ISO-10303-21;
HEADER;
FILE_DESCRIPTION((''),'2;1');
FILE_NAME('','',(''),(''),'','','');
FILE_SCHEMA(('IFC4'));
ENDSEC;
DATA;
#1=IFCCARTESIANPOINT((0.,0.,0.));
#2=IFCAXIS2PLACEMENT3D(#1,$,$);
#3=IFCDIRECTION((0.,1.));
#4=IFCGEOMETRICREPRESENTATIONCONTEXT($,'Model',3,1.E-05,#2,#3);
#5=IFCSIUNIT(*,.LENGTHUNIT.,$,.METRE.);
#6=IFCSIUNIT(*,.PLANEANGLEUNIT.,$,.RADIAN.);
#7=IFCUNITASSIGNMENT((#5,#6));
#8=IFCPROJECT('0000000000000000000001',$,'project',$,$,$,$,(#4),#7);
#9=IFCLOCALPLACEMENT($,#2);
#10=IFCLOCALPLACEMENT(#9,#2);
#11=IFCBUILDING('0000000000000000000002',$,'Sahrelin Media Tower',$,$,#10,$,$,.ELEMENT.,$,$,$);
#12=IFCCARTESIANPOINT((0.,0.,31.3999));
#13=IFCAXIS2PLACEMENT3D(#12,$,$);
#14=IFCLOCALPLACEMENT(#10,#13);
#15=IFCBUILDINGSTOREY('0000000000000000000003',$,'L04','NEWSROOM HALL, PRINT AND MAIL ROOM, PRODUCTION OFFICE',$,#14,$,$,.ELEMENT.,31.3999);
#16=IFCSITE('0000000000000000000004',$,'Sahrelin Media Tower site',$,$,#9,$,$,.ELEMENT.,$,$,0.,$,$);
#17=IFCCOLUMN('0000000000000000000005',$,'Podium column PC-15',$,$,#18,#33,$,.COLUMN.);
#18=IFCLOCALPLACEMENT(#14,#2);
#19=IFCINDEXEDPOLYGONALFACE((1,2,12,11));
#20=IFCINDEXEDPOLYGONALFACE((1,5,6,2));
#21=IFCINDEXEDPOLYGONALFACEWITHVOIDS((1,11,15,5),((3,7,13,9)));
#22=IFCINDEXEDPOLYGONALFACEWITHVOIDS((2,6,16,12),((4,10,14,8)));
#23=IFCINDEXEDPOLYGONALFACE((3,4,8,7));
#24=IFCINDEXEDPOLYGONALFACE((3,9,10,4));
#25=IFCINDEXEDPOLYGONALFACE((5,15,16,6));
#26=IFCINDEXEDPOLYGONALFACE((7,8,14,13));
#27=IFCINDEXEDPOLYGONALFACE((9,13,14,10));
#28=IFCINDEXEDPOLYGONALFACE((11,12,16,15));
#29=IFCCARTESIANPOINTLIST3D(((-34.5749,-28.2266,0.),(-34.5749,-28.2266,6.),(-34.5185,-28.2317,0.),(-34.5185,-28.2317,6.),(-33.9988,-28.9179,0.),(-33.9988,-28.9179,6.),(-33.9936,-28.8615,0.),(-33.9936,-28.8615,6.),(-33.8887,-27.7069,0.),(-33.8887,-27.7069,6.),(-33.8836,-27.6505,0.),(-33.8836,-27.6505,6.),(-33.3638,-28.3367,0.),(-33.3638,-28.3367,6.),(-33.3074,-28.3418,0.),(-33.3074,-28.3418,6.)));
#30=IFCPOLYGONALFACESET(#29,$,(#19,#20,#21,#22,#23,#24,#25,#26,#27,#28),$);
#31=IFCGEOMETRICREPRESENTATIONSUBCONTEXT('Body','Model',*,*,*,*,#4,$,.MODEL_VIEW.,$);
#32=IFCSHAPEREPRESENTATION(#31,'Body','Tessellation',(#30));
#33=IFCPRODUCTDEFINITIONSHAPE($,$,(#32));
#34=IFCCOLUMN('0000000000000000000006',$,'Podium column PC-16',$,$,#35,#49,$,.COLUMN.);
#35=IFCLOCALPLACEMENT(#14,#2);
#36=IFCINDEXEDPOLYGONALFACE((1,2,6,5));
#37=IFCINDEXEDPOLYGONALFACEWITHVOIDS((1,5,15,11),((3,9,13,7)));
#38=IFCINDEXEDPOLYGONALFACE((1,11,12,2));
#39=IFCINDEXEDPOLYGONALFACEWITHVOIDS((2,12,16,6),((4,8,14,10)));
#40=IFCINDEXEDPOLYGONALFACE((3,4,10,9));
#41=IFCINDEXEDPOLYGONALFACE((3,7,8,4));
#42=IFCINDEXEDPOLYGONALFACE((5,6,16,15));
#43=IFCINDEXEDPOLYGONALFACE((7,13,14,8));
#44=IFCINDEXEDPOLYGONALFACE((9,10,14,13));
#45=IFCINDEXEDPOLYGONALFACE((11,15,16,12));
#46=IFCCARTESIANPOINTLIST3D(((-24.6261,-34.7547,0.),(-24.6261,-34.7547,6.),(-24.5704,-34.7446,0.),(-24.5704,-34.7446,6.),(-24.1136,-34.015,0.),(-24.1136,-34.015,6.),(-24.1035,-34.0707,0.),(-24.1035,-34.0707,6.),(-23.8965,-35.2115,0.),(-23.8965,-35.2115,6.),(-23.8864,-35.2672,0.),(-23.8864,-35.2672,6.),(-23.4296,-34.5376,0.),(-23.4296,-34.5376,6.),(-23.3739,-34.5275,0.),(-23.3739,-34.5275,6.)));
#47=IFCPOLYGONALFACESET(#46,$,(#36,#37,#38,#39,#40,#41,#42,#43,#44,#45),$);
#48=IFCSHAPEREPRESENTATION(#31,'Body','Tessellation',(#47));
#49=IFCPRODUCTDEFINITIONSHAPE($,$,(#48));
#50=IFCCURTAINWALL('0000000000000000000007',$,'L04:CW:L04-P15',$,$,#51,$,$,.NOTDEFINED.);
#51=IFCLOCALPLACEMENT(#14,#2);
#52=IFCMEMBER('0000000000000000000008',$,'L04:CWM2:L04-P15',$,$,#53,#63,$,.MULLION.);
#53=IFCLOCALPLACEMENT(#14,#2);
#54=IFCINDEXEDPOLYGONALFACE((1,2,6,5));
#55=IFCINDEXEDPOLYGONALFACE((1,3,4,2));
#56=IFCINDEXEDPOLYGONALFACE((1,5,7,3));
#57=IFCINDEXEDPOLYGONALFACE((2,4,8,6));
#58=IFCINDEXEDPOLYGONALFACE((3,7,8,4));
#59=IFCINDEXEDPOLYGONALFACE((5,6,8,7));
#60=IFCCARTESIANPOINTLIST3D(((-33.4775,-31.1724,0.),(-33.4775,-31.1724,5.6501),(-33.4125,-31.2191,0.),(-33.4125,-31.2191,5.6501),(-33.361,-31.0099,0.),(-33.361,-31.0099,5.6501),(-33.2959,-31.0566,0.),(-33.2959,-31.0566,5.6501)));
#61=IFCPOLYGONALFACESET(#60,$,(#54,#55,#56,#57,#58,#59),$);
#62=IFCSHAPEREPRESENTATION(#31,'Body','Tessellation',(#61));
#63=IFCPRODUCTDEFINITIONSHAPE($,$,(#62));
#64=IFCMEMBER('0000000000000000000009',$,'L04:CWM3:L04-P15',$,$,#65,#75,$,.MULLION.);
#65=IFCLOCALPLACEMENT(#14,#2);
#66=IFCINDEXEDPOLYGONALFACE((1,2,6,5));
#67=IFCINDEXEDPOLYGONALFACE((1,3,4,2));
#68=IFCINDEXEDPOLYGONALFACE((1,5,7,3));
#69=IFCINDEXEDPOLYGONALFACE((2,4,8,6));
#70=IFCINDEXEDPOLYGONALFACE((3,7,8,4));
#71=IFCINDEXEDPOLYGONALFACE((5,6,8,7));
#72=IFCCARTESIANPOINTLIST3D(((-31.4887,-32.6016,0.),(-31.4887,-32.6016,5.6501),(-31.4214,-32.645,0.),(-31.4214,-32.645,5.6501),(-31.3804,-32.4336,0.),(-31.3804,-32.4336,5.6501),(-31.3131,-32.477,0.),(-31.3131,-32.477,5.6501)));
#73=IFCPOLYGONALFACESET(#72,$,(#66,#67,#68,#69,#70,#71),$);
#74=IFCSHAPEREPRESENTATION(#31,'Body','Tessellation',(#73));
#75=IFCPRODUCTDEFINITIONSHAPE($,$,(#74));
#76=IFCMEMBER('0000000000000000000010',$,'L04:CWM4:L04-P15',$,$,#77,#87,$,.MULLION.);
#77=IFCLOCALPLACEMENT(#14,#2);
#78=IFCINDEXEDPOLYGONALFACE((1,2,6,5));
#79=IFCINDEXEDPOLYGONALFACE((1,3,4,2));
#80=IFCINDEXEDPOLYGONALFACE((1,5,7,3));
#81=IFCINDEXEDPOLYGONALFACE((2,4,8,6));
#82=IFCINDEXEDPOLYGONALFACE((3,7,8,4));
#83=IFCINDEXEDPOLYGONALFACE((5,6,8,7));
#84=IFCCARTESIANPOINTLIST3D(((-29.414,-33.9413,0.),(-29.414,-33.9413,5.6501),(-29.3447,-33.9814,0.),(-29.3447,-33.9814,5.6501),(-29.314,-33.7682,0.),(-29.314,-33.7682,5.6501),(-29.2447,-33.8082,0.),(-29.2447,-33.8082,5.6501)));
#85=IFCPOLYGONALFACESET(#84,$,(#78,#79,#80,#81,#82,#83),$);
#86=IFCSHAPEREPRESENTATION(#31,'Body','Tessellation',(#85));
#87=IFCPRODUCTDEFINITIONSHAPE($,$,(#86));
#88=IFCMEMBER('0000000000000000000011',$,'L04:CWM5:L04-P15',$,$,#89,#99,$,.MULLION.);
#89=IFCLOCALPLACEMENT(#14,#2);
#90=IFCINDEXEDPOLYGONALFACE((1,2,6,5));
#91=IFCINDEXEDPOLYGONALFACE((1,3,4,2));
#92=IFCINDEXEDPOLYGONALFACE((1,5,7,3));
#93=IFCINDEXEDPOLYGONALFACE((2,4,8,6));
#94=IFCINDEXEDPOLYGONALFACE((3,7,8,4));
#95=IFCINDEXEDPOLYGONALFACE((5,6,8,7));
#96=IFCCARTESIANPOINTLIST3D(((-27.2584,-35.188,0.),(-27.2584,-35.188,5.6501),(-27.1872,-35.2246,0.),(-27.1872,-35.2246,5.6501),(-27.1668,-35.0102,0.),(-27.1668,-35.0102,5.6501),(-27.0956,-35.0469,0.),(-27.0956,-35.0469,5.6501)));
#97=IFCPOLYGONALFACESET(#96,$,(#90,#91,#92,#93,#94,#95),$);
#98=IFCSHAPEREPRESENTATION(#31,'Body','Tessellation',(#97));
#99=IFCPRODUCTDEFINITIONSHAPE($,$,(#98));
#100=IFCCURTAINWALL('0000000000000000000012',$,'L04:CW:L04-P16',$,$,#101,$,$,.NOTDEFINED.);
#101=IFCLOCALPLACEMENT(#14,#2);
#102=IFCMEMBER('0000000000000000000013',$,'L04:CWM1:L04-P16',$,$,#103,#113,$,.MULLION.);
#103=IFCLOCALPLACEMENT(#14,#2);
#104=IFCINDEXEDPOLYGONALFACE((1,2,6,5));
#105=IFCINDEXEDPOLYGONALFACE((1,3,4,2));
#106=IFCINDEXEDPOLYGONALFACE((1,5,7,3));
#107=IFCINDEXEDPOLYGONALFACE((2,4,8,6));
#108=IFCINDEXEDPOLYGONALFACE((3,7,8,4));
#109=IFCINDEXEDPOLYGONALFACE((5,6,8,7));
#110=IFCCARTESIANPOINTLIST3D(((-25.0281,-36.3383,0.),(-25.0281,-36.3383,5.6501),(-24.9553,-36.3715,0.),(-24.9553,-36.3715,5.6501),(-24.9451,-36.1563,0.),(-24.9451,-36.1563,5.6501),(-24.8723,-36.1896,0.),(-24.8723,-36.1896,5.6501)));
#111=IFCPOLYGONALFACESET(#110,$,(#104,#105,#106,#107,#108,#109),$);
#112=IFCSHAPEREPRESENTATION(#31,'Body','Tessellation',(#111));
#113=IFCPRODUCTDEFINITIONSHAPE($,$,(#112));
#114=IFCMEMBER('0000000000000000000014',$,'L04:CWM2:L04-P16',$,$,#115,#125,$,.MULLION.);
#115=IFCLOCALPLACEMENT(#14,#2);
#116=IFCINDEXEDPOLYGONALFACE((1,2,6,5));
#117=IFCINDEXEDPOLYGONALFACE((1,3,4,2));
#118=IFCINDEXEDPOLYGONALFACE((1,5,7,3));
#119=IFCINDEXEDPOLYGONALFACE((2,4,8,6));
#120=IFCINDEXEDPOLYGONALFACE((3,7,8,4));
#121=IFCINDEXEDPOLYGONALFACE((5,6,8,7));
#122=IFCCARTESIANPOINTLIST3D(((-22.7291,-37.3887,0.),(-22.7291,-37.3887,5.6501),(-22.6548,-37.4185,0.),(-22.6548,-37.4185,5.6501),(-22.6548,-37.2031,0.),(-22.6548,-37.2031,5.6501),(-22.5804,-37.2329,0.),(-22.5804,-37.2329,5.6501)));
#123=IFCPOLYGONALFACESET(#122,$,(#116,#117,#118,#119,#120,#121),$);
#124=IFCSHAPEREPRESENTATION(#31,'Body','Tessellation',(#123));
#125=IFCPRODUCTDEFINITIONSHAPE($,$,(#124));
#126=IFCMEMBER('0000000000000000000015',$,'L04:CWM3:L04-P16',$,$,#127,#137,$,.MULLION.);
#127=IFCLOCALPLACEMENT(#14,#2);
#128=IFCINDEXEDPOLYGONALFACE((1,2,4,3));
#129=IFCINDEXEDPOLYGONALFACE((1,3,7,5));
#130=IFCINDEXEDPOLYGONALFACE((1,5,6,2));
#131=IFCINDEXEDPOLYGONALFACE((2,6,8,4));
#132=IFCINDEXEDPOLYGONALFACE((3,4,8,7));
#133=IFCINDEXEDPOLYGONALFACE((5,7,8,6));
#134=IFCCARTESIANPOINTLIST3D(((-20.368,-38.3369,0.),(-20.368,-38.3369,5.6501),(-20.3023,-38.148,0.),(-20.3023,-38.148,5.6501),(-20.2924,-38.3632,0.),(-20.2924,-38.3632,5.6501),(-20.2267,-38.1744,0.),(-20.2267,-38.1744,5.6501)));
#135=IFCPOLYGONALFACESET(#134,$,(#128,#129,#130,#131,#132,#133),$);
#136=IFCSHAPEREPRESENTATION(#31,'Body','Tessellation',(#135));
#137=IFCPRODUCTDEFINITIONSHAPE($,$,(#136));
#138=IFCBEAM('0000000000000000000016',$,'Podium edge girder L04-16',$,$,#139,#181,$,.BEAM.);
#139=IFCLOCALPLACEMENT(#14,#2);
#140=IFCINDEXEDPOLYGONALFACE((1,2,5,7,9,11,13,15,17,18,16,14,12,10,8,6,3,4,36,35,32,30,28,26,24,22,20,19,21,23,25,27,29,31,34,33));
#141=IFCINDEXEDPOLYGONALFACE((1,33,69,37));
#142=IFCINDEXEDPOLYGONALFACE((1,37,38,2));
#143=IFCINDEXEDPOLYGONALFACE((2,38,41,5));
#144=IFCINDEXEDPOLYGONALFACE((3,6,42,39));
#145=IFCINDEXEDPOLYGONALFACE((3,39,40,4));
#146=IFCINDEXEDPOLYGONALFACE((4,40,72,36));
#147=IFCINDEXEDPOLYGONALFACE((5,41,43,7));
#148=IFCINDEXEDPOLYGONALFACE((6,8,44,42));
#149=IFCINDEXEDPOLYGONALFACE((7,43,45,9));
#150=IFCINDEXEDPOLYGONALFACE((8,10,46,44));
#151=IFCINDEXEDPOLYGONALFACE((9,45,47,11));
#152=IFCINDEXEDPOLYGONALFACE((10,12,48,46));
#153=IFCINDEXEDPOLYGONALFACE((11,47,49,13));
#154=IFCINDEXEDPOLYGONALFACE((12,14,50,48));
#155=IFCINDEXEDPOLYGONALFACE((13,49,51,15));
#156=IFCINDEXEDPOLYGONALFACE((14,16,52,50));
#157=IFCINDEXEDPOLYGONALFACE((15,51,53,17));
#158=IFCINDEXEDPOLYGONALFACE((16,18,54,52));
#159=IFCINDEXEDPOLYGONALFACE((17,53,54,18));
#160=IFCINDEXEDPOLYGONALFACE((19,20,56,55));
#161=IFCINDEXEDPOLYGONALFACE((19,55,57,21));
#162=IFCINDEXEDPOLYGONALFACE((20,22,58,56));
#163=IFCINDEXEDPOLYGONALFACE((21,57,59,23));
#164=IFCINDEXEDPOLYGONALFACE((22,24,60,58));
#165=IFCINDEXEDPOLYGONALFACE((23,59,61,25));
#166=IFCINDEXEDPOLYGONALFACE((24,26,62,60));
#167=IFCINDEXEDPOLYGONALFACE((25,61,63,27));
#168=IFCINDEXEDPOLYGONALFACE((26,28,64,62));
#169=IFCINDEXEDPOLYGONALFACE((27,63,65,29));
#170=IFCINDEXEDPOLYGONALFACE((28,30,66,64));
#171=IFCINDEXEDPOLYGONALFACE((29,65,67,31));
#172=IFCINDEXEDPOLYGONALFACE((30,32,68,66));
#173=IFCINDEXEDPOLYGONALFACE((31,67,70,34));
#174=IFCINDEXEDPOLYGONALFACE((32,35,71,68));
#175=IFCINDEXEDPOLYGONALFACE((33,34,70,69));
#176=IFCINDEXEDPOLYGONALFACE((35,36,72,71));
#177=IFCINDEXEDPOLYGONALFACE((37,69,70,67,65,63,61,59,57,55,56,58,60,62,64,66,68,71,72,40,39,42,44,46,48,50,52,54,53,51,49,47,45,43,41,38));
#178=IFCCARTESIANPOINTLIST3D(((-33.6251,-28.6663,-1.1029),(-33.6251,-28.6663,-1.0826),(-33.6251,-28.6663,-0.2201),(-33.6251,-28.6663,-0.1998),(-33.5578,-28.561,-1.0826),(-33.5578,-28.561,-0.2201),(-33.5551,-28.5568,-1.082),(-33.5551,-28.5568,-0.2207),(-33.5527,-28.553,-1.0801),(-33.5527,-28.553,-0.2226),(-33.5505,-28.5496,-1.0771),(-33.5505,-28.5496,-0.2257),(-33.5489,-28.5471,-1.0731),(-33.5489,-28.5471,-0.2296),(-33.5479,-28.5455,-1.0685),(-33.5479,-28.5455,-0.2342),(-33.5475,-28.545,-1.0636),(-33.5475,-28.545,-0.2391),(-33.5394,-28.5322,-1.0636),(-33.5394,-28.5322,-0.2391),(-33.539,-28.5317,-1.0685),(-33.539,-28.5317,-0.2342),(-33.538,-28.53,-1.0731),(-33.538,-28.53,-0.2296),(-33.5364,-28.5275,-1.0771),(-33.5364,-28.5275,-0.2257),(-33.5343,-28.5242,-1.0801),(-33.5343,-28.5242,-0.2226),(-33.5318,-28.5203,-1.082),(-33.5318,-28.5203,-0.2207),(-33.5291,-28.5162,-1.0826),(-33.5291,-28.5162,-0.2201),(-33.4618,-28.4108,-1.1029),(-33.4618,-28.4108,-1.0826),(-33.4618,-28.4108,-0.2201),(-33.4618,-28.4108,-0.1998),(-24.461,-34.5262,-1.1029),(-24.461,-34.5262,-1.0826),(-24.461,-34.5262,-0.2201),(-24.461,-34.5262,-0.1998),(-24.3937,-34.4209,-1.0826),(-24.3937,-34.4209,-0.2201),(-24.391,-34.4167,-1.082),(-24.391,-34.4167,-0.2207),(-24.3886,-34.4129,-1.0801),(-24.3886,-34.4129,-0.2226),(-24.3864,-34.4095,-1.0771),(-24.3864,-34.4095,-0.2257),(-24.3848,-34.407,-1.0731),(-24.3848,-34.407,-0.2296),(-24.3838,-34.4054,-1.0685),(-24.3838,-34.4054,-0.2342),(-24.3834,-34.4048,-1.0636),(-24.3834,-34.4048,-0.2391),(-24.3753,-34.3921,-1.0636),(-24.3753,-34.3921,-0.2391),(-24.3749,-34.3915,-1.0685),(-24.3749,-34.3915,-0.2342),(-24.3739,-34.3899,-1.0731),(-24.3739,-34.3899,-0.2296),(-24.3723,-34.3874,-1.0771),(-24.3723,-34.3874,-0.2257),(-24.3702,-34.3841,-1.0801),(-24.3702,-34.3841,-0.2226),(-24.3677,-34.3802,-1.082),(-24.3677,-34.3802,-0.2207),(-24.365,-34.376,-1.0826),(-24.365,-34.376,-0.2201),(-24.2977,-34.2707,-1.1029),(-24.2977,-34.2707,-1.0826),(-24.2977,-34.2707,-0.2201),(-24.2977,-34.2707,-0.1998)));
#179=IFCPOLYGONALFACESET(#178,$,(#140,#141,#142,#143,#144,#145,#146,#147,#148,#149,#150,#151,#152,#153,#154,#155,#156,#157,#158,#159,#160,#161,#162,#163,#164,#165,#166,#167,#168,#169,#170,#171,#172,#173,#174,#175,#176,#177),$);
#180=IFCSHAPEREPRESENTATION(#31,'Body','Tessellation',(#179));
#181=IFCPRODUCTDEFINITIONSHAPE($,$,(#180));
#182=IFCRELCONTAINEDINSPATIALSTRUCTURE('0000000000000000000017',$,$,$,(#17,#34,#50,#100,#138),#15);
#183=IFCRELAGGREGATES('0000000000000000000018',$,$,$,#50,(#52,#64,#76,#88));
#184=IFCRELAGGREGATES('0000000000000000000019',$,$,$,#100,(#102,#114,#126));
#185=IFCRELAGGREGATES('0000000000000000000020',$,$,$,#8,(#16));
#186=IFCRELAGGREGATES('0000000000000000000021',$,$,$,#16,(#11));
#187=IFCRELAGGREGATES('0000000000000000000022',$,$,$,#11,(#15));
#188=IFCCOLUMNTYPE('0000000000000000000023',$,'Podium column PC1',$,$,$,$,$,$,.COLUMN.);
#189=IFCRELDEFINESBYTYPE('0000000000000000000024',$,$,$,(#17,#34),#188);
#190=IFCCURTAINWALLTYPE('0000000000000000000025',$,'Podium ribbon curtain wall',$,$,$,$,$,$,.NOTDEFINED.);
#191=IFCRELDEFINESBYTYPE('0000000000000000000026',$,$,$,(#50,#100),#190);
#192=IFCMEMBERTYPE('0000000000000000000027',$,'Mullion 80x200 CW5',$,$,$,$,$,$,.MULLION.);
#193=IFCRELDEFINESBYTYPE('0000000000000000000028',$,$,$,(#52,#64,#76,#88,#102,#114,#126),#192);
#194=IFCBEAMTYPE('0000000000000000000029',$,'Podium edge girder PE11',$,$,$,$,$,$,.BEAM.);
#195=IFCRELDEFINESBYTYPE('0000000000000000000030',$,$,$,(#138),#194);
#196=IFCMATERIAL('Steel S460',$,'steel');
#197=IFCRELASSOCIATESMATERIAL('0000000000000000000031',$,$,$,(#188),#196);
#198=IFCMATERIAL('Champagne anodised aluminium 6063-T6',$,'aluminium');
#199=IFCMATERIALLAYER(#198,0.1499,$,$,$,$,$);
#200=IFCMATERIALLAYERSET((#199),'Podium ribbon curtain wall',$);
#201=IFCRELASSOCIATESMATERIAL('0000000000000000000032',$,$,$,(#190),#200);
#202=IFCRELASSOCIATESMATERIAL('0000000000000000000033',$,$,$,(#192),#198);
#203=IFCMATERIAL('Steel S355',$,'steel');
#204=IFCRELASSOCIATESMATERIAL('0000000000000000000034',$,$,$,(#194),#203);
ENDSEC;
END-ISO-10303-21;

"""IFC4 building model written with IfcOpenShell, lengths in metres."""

from ifc_helpers import new_model, si_unit, direction, frame, origin, origin_2d, place, context, subcontext, project, spatial, rectangle, hollow_rectangle, i_section, extrude, material, layer, layer_set, material_profile, profile_set, type_object, element, aggregate, save


model = new_model("IFC4")

# Units and contexts
model_context = context("Model", 3, precision=1e-05, world=origin(), true_north=direction((0.0, 1.0)))
body_context = subcontext(model_context, "Body", "Model", "MODEL_VIEW")
ifc_project = project(units=[si_unit("LENGTHUNIT", "METRE"), si_unit("PLANEANGLEUNIT", "RADIAN")], contexts=[model_context])

# Site, building, storey
site_placement = place(None, origin())
site = spatial("IfcSite", under=ifc_project, at=site_placement, Name="Sahrelin Media Tower site", CompositionType="ELEMENT", RefElevation=0.0)
building_placement = place(site_placement, origin())
building = spatial("IfcBuilding", under=site, at=building_placement, Name="Sahrelin Media Tower", CompositionType="ELEMENT")
storey_placement = place(building_placement, frame((0.0, 0.0, 31.3999)))
storey = spatial("IfcBuildingStorey", under=building, at=storey_placement, Name="L04", Description="NEWSROOM HALL, PRINT AND MAIL ROOM, PRODUCTION OFFICE", CompositionType="ELEMENT", Elevation=31.3999)

# Columns
ifc_material_1 = material(Name="Steel S460", Category="steel")
ifc_material_profile_1 = material_profile(ifc_material_1, hollow_rectangle(XDim=0.8999, YDim=0.8999, WallThickness=0.04, at=origin_2d()), Name="Podium column PC1")
ifc_profile_set_1 = profile_set([ifc_material_profile_1], Name="Steel S460")
column_type = type_object("IfcColumnType", Name="Podium column PC1", PredefinedType="COLUMN", material=ifc_profile_set_1)
for number, where, z_axis, x_axis, name in (
    (1, (-33.9412, -28.2842, 0.0), (0.0, 0.0, 1.0), (-0.768221, -0.640185, 0.0), "Podium column PC-15"),
    (2, (-24.0, -34.6411, 0.0), (0.0, 0.0, 1.0), (-0.569495, -0.821995, 0.0), "Podium column PC-16"),
):
    element("IfcColumn", number, at=place(storey_placement, frame(where, z_axis=z_axis, x_axis=x_axis)), inside=storey, type_object=column_type, Name=name, PredefinedType="COLUMN", context=body_context, shape_type="SweptSolid", body=[
        extrude(hollow_rectangle(XDim=0.8999, YDim=0.8999, WallThickness=0.04, at=origin_2d()), origin(), (0.0, 0.0, 1.0), 6.0),
    ])

# Curtain walls, members
ifc_material_2 = material(Name="Champagne anodised aluminium 6063-T6", Category="aluminium")
ifc_layer_1 = layer(ifc_material_2, 0.1499)
ifc_layer_set_1 = layer_set([ifc_layer_1], Name="Podium ribbon curtain wall")
curtain_wall_type = type_object("IfcCurtainWallType", Name="Podium ribbon curtain wall", PredefinedType="NOTDEFINED", material=ifc_layer_set_1)
curtain_wall_1_placement = place(storey_placement, frame((-35.3552, -29.6985, 0.0), z_axis=(0.0, 0.0, 1.0), x_axis=(1.0, 0.0, 0.0)))
curtain_wall_1 = element("IfcCurtainWall", 3, at=curtain_wall_1_placement, inside=storey, type_object=curtain_wall_type, Name="L04:CW:L04-P15", PredefinedType="NOTDEFINED")
ifc_material_profile_2 = material_profile(ifc_material_2, rectangle(XDim=0.0801, YDim=0.2, at=origin_2d()), Name="Mullion 80x200")
ifc_profile_set_2 = profile_set([ifc_material_profile_2], Name="Champagne anodised aluminium 6063-T6")
member_type_1 = type_object("IfcMemberType", Name="Mullion 80x200 CW5", PredefinedType="MULLION", material=ifc_profile_set_2)
member_1_placement = place(storey_placement, frame((-33.3867, -31.1145, 0.0), z_axis=(0.0, 0.0, 1.0), x_axis=(0.812532, -0.582916, 0.0)))
member_1 = element("IfcMember", 4, at=member_1_placement, type_object=member_type_1, Name="L04:CWM2:L04-P15", PredefinedType="MULLION", context=body_context, shape_type="SweptSolid", body=[
    extrude(rectangle(XDim=0.0801, YDim=0.2, at=origin_2d()), origin(), (0.0, 0.0, 1.0), 5.6501),
])
member_2_placement = place(storey_placement, frame((-31.4009, -32.5393, 0.0), z_axis=(0.0, 0.0, 1.0), x_axis=(0.840519, -0.541782, 0.0)))
member_2 = element("IfcMember", 5, at=member_2_placement, type_object=member_type_1, Name="L04:CWM3:L04-P15", PredefinedType="MULLION", context=body_context, shape_type="SweptSolid", body=[
    extrude(rectangle(XDim=0.0801, YDim=0.2, at=origin_2d()), origin(), (0.0, 0.0, 1.0), 5.6501),
])
member_3_placement = place(storey_placement, frame((-29.3293, -33.8748, 0.0), z_axis=(0.0, 0.0, 1.0), x_axis=(0.866029, -0.499994, 0.0)))
member_3 = element("IfcMember", 6, at=member_3_placement, type_object=member_type_1, Name="L04:CWM4:L04-P15", PredefinedType="MULLION", context=body_context, shape_type="SweptSolid", body=[
    extrude(rectangle(XDim=0.0801, YDim=0.2, at=origin_2d()), origin(), (0.0, 0.0, 1.0), 5.6501),
])
member_4_placement = place(storey_placement, frame((-27.177, -35.1174, 0.0), z_axis=(0.0, 0.0, 1.0), x_axis=(0.889123, -0.457668, 0.0)))
member_4 = element("IfcMember", 7, at=member_4_placement, type_object=member_type_1, Name="L04:CWM5:L04-P15", PredefinedType="MULLION", context=body_context, shape_type="SweptSolid", body=[
    extrude(rectangle(XDim=0.0801, YDim=0.2, at=origin_2d()), origin(), (0.0, 0.0, 1.0), 5.6501),
])
curtain_wall_2_placement = place(storey_placement, frame((-25.0, -36.373, 0.0), z_axis=(0.0, 0.0, 1.0), x_axis=(1.0, 0.0, 0.0)))
curtain_wall_2 = element("IfcCurtainWall", 8, at=curtain_wall_2_placement, inside=storey, type_object=curtain_wall_type, Name="L04:CW:L04-P16", PredefinedType="NOTDEFINED")
member_5_placement = place(storey_placement, frame((-24.9502, -36.2639, 0.0), z_axis=(0.0, 0.0, 1.0), x_axis=(0.909842, -0.414955, 0.0)))
member_5 = element("IfcMember", 9, at=member_5_placement, type_object=member_type_1, Name="L04:CWM1:L04-P16", PredefinedType="MULLION", context=body_context, shape_type="SweptSolid", body=[
    extrude(rectangle(XDim=0.0801, YDim=0.2, at=origin_2d()), origin(), (0.0, 0.0, 1.0), 5.6501),
])
member_6_placement = place(storey_placement, frame((-22.6548, -37.3108, 0.0), z_axis=(0.0, 0.0, 1.0), x_axis=(0.92827, -0.371906, 0.0)))
member_6 = element("IfcMember", 10, at=member_6_placement, type_object=member_type_1, Name="L04:CWM2:L04-P16", PredefinedType="MULLION", context=body_context, shape_type="SweptSolid", body=[
    extrude(rectangle(XDim=0.0801, YDim=0.2, at=origin_2d()), origin(), (0.0, 0.0, 1.0), 5.6501),
])
member_7_placement = place(storey_placement, frame((-20.2974, -38.2556, 0.0), z_axis=(0.0, 0.0, 1.0), x_axis=(0.944458, -0.328631, 0.0)))
member_7 = element("IfcMember", 11, at=member_7_placement, type_object=member_type_1, Name="L04:CWM3:L04-P16", PredefinedType="MULLION", context=body_context, shape_type="SweptSolid", body=[
    extrude(rectangle(XDim=0.0801, YDim=0.2, at=origin_2d()), origin(), (0.0, 0.0, 1.0), 5.6501),
])

# Beam
ifc_material_3 = material(Name="Steel S355", Category="steel")
ifc_material_profile_3 = material_profile(ifc_material_3, i_section(OverallWidth=0.3032, OverallDepth=0.9031, WebThickness=0.0151, FlangeThickness=0.0203, FilletRadius=0.019, at=origin_2d()), Name="UB 914x305x201")
ifc_profile_set_3 = profile_set([ifc_material_profile_3], Name="Steel S355")
beam_type = type_object("IfcBeamType", Name="Podium edge girder PE11", PredefinedType="BEAM", material=ifc_profile_set_3)
beam_1_placement = place(storey_placement, frame((-33.5435, -28.5386, -0.6514), z_axis=(0.842486, -0.538719, 0.0), x_axis=(0.538719, 0.842486, 0.0)))
element("IfcBeam", 12, at=beam_1_placement, inside=storey, type_object=beam_type, Name="Podium edge girder L04-16", PredefinedType="BEAM", context=body_context, shape_type="SweptSolid", body=[
    extrude(i_section(OverallWidth=0.3032, OverallDepth=0.9031, WebThickness=0.0151, FlangeThickness=0.0203, FilletRadius=0.019, at=origin_2d()), origin(), (0.0, 0.0, 1.0), 10.8774),
])

aggregate(curtain_wall_1, [member_1, member_2, member_3, member_4])
aggregate(curtain_wall_2, [member_5, member_6, member_7])

save(model, "model.ifc")
